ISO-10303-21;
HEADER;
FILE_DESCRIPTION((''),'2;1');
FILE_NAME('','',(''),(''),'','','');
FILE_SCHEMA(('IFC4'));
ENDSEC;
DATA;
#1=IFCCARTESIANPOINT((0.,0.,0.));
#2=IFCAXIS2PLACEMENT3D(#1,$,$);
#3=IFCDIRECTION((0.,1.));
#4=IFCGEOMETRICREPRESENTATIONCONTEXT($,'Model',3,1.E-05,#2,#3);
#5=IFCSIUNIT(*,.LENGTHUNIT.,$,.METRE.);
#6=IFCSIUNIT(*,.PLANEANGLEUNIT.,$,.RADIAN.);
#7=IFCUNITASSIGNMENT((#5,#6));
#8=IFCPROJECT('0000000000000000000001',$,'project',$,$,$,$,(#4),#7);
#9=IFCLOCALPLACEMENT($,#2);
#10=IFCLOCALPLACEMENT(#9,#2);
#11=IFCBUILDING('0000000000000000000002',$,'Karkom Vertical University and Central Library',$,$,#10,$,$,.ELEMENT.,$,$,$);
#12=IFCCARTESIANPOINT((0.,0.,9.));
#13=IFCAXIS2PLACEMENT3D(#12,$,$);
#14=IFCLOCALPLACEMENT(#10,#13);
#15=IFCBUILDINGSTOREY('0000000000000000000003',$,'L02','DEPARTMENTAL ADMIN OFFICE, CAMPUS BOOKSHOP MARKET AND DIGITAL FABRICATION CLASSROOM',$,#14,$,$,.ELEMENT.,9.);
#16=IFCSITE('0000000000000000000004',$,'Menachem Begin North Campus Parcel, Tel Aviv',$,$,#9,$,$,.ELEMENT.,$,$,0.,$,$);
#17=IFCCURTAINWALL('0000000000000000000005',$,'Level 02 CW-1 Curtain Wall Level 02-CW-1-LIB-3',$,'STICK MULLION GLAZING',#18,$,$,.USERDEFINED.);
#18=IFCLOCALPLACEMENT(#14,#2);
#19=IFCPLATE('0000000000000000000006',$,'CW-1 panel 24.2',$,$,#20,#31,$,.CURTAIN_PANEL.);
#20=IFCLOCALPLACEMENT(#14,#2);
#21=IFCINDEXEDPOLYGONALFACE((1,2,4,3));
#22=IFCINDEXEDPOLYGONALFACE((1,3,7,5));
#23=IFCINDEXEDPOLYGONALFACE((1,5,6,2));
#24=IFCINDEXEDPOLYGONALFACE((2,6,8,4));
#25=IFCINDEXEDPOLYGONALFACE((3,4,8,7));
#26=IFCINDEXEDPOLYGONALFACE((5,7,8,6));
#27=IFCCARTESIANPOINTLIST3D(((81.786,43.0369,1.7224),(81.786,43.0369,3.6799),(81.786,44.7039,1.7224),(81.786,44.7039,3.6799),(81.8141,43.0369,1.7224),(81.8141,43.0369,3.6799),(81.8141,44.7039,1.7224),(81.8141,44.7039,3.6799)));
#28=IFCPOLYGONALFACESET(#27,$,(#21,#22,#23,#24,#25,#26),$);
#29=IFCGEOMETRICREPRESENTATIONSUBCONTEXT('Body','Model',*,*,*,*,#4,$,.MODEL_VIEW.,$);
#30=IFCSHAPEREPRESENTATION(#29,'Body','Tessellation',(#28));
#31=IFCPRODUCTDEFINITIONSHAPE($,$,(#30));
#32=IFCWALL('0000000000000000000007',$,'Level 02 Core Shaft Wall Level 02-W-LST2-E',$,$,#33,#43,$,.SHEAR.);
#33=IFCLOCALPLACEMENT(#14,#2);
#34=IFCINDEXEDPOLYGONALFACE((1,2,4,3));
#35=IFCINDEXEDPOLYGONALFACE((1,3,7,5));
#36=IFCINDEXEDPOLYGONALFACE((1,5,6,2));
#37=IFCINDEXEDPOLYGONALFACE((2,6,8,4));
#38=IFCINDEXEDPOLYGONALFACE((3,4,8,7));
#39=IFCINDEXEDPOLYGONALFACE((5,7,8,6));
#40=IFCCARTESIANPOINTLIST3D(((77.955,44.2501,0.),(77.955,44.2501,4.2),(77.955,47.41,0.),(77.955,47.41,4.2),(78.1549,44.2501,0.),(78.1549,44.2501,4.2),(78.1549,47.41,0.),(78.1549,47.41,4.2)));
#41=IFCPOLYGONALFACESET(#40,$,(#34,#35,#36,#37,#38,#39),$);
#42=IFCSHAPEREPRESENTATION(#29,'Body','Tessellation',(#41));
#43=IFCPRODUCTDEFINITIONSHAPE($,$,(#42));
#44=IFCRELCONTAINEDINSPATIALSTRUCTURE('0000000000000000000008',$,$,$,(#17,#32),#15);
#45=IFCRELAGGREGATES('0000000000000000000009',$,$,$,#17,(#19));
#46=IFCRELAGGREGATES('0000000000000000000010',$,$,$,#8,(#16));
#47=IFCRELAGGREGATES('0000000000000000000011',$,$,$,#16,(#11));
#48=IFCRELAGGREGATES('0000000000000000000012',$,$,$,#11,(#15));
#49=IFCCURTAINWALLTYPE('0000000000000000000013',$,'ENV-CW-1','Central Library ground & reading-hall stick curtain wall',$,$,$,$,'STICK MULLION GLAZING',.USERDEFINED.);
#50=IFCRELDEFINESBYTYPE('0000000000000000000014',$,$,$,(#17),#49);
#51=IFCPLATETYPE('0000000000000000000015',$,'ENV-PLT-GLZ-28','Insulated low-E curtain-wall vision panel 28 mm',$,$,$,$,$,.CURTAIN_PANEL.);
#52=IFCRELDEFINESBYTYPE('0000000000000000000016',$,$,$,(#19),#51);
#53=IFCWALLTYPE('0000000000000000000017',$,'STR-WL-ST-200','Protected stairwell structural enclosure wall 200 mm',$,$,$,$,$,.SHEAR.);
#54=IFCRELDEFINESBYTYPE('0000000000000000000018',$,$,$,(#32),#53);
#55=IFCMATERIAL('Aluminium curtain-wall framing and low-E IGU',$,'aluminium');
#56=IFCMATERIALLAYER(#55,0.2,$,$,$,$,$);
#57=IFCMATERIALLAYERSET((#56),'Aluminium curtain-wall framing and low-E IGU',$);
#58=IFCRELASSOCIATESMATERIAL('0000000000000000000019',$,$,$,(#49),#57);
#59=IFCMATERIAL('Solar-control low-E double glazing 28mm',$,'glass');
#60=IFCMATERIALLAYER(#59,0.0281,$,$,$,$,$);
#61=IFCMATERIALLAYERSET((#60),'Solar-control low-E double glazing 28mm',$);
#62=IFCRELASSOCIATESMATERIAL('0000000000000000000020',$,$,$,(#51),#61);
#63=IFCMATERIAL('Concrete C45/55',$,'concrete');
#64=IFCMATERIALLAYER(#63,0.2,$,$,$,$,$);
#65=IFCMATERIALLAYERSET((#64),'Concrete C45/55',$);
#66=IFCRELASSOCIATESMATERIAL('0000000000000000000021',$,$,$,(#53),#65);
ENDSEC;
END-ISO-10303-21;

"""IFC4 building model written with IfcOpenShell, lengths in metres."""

from ifc_helpers import new_model, si_unit, direction, frame, frame_2d, origin, origin_with_axes, origin_2d, place, context, subcontext, project, spatial, rectangle, extrude, source, transform, mapped, material, layer, layer_set, type_object, element, aggregate, save


model = new_model("IFC4")

# Units and contexts
model_context = context("Model", 3, precision=1e-05, world=origin(), true_north=direction((0.0, 1.0)))
body_context = subcontext(model_context, "Body", "Model", "MODEL_VIEW")
ifc_project = project(units=[si_unit("LENGTHUNIT", "METRE"), si_unit("PLANEANGLEUNIT", "RADIAN")], contexts=[model_context])

# Site, building, storey
site_placement = place(None, origin())
site = spatial("IfcSite", under=ifc_project, at=site_placement, Name="Menachem Begin North Campus Parcel, Tel Aviv", CompositionType="ELEMENT", RefElevation=0.0)
building_placement = place(site_placement, origin())
building = spatial("IfcBuilding", under=site, at=building_placement, Name="Karkom Vertical University and Central Library", CompositionType="ELEMENT")
storey_placement = place(building_placement, frame((0.0, 0.0, 9.0)))
storey = spatial("IfcBuildingStorey", under=building, at=storey_placement, Name="L02", Description="DEPARTMENTAL ADMIN OFFICE, CAMPUS BOOKSHOP MARKET AND DIGITAL FABRICATION CLASSROOM", CompositionType="ELEMENT", Elevation=9.0)

# Curtain wall, plate
ifc_material_1 = material(Name="Aluminium curtain-wall framing and low-E IGU", Category="aluminium")
ifc_layer_1 = layer(ifc_material_1, 0.2)
ifc_layer_set_1 = layer_set([ifc_layer_1], Name="Aluminium curtain-wall framing and low-E IGU")
curtain_wall_type = type_object("IfcCurtainWallType", Name="ENV-CW-1", Description="Central Library ground & reading-hall stick curtain wall", ElementType="STICK MULLION GLAZING", PredefinedType="USERDEFINED", material=ifc_layer_set_1)
curtain_wall_placement = place(storey_placement, origin())
curtain_wall = element("IfcCurtainWall", 1, at=curtain_wall_placement, inside=storey, type_object=curtain_wall_type, Name="Level 02 CW-1 Curtain Wall Level 02-CW-1-LIB-3", ObjectType="STICK MULLION GLAZING", PredefinedType="USERDEFINED")
ifc_material_2 = material(Name="Solar-control low-E double glazing 28mm", Category="glass")
ifc_layer_2 = layer(ifc_material_2, 0.0281)
ifc_layer_set_2 = layer_set([ifc_layer_2], Name="Solar-control low-E double glazing 28mm")
plate_type = type_object("IfcPlateType", Name="ENV-PLT-GLZ-28", Description="Insulated low-E curtain-wall vision panel 28 mm", PredefinedType="CURTAIN_PANEL", material=ifc_layer_set_2)
shared_shape_1 = source(origin_with_axes(), body_context, "Body", "SweptSolid", [
    extrude(rectangle(XDim=1.667, YDim=0.0281, at=origin_2d()), origin(), (0.0, 0.0, 1.0), 1.9575),
])
plate_1_placement = place(storey_placement, frame((81.8, 43.8704, 1.7224), z_axis=(0.0, 0.0, 1.0), x_axis=(0.0, 1.0, 0.0)))
plate_1 = element("IfcPlate", 2, at=plate_1_placement, type_object=plate_type, Name="CW-1 panel 24.2", PredefinedType="CURTAIN_PANEL", context=body_context, shape_type="MappedRepresentation", body=[
    mapped(shared_shape_1, transform((0.0, 0.0, 0.0), scale=1.0)),
])
aggregate(curtain_wall, [plate_1])

# Wall
ifc_material_3 = material(Name="Concrete C45/55", Category="concrete")
ifc_layer_3 = layer(ifc_material_3, 0.2)
ifc_layer_set_3 = layer_set([ifc_layer_3], Name="Concrete C45/55")
wall_type = type_object("IfcWallType", Name="STR-WL-ST-200", Description="Protected stairwell structural enclosure wall 200 mm", PredefinedType="SHEAR", material=ifc_layer_set_3)
wall_placement = place(storey_placement, frame((78.0549, 44.25, 0.0), z_axis=(0.0, 0.0, 1.0), x_axis=(0.0, 1.0, 0.0)))
element("IfcWall", 3, at=wall_placement, inside=storey, type_object=wall_type, Name="Level 02 Core Shaft Wall Level 02-W-LST2-E", PredefinedType="SHEAR", context=body_context, shape_type="SweptSolid", body=[
    extrude(rectangle(XDim=3.1599, YDim=0.2, at=frame_2d((1.5801, 0.0))), origin(), (0.0, 0.0, 1.0), 4.2),
])

save(model, "model.ifc")
